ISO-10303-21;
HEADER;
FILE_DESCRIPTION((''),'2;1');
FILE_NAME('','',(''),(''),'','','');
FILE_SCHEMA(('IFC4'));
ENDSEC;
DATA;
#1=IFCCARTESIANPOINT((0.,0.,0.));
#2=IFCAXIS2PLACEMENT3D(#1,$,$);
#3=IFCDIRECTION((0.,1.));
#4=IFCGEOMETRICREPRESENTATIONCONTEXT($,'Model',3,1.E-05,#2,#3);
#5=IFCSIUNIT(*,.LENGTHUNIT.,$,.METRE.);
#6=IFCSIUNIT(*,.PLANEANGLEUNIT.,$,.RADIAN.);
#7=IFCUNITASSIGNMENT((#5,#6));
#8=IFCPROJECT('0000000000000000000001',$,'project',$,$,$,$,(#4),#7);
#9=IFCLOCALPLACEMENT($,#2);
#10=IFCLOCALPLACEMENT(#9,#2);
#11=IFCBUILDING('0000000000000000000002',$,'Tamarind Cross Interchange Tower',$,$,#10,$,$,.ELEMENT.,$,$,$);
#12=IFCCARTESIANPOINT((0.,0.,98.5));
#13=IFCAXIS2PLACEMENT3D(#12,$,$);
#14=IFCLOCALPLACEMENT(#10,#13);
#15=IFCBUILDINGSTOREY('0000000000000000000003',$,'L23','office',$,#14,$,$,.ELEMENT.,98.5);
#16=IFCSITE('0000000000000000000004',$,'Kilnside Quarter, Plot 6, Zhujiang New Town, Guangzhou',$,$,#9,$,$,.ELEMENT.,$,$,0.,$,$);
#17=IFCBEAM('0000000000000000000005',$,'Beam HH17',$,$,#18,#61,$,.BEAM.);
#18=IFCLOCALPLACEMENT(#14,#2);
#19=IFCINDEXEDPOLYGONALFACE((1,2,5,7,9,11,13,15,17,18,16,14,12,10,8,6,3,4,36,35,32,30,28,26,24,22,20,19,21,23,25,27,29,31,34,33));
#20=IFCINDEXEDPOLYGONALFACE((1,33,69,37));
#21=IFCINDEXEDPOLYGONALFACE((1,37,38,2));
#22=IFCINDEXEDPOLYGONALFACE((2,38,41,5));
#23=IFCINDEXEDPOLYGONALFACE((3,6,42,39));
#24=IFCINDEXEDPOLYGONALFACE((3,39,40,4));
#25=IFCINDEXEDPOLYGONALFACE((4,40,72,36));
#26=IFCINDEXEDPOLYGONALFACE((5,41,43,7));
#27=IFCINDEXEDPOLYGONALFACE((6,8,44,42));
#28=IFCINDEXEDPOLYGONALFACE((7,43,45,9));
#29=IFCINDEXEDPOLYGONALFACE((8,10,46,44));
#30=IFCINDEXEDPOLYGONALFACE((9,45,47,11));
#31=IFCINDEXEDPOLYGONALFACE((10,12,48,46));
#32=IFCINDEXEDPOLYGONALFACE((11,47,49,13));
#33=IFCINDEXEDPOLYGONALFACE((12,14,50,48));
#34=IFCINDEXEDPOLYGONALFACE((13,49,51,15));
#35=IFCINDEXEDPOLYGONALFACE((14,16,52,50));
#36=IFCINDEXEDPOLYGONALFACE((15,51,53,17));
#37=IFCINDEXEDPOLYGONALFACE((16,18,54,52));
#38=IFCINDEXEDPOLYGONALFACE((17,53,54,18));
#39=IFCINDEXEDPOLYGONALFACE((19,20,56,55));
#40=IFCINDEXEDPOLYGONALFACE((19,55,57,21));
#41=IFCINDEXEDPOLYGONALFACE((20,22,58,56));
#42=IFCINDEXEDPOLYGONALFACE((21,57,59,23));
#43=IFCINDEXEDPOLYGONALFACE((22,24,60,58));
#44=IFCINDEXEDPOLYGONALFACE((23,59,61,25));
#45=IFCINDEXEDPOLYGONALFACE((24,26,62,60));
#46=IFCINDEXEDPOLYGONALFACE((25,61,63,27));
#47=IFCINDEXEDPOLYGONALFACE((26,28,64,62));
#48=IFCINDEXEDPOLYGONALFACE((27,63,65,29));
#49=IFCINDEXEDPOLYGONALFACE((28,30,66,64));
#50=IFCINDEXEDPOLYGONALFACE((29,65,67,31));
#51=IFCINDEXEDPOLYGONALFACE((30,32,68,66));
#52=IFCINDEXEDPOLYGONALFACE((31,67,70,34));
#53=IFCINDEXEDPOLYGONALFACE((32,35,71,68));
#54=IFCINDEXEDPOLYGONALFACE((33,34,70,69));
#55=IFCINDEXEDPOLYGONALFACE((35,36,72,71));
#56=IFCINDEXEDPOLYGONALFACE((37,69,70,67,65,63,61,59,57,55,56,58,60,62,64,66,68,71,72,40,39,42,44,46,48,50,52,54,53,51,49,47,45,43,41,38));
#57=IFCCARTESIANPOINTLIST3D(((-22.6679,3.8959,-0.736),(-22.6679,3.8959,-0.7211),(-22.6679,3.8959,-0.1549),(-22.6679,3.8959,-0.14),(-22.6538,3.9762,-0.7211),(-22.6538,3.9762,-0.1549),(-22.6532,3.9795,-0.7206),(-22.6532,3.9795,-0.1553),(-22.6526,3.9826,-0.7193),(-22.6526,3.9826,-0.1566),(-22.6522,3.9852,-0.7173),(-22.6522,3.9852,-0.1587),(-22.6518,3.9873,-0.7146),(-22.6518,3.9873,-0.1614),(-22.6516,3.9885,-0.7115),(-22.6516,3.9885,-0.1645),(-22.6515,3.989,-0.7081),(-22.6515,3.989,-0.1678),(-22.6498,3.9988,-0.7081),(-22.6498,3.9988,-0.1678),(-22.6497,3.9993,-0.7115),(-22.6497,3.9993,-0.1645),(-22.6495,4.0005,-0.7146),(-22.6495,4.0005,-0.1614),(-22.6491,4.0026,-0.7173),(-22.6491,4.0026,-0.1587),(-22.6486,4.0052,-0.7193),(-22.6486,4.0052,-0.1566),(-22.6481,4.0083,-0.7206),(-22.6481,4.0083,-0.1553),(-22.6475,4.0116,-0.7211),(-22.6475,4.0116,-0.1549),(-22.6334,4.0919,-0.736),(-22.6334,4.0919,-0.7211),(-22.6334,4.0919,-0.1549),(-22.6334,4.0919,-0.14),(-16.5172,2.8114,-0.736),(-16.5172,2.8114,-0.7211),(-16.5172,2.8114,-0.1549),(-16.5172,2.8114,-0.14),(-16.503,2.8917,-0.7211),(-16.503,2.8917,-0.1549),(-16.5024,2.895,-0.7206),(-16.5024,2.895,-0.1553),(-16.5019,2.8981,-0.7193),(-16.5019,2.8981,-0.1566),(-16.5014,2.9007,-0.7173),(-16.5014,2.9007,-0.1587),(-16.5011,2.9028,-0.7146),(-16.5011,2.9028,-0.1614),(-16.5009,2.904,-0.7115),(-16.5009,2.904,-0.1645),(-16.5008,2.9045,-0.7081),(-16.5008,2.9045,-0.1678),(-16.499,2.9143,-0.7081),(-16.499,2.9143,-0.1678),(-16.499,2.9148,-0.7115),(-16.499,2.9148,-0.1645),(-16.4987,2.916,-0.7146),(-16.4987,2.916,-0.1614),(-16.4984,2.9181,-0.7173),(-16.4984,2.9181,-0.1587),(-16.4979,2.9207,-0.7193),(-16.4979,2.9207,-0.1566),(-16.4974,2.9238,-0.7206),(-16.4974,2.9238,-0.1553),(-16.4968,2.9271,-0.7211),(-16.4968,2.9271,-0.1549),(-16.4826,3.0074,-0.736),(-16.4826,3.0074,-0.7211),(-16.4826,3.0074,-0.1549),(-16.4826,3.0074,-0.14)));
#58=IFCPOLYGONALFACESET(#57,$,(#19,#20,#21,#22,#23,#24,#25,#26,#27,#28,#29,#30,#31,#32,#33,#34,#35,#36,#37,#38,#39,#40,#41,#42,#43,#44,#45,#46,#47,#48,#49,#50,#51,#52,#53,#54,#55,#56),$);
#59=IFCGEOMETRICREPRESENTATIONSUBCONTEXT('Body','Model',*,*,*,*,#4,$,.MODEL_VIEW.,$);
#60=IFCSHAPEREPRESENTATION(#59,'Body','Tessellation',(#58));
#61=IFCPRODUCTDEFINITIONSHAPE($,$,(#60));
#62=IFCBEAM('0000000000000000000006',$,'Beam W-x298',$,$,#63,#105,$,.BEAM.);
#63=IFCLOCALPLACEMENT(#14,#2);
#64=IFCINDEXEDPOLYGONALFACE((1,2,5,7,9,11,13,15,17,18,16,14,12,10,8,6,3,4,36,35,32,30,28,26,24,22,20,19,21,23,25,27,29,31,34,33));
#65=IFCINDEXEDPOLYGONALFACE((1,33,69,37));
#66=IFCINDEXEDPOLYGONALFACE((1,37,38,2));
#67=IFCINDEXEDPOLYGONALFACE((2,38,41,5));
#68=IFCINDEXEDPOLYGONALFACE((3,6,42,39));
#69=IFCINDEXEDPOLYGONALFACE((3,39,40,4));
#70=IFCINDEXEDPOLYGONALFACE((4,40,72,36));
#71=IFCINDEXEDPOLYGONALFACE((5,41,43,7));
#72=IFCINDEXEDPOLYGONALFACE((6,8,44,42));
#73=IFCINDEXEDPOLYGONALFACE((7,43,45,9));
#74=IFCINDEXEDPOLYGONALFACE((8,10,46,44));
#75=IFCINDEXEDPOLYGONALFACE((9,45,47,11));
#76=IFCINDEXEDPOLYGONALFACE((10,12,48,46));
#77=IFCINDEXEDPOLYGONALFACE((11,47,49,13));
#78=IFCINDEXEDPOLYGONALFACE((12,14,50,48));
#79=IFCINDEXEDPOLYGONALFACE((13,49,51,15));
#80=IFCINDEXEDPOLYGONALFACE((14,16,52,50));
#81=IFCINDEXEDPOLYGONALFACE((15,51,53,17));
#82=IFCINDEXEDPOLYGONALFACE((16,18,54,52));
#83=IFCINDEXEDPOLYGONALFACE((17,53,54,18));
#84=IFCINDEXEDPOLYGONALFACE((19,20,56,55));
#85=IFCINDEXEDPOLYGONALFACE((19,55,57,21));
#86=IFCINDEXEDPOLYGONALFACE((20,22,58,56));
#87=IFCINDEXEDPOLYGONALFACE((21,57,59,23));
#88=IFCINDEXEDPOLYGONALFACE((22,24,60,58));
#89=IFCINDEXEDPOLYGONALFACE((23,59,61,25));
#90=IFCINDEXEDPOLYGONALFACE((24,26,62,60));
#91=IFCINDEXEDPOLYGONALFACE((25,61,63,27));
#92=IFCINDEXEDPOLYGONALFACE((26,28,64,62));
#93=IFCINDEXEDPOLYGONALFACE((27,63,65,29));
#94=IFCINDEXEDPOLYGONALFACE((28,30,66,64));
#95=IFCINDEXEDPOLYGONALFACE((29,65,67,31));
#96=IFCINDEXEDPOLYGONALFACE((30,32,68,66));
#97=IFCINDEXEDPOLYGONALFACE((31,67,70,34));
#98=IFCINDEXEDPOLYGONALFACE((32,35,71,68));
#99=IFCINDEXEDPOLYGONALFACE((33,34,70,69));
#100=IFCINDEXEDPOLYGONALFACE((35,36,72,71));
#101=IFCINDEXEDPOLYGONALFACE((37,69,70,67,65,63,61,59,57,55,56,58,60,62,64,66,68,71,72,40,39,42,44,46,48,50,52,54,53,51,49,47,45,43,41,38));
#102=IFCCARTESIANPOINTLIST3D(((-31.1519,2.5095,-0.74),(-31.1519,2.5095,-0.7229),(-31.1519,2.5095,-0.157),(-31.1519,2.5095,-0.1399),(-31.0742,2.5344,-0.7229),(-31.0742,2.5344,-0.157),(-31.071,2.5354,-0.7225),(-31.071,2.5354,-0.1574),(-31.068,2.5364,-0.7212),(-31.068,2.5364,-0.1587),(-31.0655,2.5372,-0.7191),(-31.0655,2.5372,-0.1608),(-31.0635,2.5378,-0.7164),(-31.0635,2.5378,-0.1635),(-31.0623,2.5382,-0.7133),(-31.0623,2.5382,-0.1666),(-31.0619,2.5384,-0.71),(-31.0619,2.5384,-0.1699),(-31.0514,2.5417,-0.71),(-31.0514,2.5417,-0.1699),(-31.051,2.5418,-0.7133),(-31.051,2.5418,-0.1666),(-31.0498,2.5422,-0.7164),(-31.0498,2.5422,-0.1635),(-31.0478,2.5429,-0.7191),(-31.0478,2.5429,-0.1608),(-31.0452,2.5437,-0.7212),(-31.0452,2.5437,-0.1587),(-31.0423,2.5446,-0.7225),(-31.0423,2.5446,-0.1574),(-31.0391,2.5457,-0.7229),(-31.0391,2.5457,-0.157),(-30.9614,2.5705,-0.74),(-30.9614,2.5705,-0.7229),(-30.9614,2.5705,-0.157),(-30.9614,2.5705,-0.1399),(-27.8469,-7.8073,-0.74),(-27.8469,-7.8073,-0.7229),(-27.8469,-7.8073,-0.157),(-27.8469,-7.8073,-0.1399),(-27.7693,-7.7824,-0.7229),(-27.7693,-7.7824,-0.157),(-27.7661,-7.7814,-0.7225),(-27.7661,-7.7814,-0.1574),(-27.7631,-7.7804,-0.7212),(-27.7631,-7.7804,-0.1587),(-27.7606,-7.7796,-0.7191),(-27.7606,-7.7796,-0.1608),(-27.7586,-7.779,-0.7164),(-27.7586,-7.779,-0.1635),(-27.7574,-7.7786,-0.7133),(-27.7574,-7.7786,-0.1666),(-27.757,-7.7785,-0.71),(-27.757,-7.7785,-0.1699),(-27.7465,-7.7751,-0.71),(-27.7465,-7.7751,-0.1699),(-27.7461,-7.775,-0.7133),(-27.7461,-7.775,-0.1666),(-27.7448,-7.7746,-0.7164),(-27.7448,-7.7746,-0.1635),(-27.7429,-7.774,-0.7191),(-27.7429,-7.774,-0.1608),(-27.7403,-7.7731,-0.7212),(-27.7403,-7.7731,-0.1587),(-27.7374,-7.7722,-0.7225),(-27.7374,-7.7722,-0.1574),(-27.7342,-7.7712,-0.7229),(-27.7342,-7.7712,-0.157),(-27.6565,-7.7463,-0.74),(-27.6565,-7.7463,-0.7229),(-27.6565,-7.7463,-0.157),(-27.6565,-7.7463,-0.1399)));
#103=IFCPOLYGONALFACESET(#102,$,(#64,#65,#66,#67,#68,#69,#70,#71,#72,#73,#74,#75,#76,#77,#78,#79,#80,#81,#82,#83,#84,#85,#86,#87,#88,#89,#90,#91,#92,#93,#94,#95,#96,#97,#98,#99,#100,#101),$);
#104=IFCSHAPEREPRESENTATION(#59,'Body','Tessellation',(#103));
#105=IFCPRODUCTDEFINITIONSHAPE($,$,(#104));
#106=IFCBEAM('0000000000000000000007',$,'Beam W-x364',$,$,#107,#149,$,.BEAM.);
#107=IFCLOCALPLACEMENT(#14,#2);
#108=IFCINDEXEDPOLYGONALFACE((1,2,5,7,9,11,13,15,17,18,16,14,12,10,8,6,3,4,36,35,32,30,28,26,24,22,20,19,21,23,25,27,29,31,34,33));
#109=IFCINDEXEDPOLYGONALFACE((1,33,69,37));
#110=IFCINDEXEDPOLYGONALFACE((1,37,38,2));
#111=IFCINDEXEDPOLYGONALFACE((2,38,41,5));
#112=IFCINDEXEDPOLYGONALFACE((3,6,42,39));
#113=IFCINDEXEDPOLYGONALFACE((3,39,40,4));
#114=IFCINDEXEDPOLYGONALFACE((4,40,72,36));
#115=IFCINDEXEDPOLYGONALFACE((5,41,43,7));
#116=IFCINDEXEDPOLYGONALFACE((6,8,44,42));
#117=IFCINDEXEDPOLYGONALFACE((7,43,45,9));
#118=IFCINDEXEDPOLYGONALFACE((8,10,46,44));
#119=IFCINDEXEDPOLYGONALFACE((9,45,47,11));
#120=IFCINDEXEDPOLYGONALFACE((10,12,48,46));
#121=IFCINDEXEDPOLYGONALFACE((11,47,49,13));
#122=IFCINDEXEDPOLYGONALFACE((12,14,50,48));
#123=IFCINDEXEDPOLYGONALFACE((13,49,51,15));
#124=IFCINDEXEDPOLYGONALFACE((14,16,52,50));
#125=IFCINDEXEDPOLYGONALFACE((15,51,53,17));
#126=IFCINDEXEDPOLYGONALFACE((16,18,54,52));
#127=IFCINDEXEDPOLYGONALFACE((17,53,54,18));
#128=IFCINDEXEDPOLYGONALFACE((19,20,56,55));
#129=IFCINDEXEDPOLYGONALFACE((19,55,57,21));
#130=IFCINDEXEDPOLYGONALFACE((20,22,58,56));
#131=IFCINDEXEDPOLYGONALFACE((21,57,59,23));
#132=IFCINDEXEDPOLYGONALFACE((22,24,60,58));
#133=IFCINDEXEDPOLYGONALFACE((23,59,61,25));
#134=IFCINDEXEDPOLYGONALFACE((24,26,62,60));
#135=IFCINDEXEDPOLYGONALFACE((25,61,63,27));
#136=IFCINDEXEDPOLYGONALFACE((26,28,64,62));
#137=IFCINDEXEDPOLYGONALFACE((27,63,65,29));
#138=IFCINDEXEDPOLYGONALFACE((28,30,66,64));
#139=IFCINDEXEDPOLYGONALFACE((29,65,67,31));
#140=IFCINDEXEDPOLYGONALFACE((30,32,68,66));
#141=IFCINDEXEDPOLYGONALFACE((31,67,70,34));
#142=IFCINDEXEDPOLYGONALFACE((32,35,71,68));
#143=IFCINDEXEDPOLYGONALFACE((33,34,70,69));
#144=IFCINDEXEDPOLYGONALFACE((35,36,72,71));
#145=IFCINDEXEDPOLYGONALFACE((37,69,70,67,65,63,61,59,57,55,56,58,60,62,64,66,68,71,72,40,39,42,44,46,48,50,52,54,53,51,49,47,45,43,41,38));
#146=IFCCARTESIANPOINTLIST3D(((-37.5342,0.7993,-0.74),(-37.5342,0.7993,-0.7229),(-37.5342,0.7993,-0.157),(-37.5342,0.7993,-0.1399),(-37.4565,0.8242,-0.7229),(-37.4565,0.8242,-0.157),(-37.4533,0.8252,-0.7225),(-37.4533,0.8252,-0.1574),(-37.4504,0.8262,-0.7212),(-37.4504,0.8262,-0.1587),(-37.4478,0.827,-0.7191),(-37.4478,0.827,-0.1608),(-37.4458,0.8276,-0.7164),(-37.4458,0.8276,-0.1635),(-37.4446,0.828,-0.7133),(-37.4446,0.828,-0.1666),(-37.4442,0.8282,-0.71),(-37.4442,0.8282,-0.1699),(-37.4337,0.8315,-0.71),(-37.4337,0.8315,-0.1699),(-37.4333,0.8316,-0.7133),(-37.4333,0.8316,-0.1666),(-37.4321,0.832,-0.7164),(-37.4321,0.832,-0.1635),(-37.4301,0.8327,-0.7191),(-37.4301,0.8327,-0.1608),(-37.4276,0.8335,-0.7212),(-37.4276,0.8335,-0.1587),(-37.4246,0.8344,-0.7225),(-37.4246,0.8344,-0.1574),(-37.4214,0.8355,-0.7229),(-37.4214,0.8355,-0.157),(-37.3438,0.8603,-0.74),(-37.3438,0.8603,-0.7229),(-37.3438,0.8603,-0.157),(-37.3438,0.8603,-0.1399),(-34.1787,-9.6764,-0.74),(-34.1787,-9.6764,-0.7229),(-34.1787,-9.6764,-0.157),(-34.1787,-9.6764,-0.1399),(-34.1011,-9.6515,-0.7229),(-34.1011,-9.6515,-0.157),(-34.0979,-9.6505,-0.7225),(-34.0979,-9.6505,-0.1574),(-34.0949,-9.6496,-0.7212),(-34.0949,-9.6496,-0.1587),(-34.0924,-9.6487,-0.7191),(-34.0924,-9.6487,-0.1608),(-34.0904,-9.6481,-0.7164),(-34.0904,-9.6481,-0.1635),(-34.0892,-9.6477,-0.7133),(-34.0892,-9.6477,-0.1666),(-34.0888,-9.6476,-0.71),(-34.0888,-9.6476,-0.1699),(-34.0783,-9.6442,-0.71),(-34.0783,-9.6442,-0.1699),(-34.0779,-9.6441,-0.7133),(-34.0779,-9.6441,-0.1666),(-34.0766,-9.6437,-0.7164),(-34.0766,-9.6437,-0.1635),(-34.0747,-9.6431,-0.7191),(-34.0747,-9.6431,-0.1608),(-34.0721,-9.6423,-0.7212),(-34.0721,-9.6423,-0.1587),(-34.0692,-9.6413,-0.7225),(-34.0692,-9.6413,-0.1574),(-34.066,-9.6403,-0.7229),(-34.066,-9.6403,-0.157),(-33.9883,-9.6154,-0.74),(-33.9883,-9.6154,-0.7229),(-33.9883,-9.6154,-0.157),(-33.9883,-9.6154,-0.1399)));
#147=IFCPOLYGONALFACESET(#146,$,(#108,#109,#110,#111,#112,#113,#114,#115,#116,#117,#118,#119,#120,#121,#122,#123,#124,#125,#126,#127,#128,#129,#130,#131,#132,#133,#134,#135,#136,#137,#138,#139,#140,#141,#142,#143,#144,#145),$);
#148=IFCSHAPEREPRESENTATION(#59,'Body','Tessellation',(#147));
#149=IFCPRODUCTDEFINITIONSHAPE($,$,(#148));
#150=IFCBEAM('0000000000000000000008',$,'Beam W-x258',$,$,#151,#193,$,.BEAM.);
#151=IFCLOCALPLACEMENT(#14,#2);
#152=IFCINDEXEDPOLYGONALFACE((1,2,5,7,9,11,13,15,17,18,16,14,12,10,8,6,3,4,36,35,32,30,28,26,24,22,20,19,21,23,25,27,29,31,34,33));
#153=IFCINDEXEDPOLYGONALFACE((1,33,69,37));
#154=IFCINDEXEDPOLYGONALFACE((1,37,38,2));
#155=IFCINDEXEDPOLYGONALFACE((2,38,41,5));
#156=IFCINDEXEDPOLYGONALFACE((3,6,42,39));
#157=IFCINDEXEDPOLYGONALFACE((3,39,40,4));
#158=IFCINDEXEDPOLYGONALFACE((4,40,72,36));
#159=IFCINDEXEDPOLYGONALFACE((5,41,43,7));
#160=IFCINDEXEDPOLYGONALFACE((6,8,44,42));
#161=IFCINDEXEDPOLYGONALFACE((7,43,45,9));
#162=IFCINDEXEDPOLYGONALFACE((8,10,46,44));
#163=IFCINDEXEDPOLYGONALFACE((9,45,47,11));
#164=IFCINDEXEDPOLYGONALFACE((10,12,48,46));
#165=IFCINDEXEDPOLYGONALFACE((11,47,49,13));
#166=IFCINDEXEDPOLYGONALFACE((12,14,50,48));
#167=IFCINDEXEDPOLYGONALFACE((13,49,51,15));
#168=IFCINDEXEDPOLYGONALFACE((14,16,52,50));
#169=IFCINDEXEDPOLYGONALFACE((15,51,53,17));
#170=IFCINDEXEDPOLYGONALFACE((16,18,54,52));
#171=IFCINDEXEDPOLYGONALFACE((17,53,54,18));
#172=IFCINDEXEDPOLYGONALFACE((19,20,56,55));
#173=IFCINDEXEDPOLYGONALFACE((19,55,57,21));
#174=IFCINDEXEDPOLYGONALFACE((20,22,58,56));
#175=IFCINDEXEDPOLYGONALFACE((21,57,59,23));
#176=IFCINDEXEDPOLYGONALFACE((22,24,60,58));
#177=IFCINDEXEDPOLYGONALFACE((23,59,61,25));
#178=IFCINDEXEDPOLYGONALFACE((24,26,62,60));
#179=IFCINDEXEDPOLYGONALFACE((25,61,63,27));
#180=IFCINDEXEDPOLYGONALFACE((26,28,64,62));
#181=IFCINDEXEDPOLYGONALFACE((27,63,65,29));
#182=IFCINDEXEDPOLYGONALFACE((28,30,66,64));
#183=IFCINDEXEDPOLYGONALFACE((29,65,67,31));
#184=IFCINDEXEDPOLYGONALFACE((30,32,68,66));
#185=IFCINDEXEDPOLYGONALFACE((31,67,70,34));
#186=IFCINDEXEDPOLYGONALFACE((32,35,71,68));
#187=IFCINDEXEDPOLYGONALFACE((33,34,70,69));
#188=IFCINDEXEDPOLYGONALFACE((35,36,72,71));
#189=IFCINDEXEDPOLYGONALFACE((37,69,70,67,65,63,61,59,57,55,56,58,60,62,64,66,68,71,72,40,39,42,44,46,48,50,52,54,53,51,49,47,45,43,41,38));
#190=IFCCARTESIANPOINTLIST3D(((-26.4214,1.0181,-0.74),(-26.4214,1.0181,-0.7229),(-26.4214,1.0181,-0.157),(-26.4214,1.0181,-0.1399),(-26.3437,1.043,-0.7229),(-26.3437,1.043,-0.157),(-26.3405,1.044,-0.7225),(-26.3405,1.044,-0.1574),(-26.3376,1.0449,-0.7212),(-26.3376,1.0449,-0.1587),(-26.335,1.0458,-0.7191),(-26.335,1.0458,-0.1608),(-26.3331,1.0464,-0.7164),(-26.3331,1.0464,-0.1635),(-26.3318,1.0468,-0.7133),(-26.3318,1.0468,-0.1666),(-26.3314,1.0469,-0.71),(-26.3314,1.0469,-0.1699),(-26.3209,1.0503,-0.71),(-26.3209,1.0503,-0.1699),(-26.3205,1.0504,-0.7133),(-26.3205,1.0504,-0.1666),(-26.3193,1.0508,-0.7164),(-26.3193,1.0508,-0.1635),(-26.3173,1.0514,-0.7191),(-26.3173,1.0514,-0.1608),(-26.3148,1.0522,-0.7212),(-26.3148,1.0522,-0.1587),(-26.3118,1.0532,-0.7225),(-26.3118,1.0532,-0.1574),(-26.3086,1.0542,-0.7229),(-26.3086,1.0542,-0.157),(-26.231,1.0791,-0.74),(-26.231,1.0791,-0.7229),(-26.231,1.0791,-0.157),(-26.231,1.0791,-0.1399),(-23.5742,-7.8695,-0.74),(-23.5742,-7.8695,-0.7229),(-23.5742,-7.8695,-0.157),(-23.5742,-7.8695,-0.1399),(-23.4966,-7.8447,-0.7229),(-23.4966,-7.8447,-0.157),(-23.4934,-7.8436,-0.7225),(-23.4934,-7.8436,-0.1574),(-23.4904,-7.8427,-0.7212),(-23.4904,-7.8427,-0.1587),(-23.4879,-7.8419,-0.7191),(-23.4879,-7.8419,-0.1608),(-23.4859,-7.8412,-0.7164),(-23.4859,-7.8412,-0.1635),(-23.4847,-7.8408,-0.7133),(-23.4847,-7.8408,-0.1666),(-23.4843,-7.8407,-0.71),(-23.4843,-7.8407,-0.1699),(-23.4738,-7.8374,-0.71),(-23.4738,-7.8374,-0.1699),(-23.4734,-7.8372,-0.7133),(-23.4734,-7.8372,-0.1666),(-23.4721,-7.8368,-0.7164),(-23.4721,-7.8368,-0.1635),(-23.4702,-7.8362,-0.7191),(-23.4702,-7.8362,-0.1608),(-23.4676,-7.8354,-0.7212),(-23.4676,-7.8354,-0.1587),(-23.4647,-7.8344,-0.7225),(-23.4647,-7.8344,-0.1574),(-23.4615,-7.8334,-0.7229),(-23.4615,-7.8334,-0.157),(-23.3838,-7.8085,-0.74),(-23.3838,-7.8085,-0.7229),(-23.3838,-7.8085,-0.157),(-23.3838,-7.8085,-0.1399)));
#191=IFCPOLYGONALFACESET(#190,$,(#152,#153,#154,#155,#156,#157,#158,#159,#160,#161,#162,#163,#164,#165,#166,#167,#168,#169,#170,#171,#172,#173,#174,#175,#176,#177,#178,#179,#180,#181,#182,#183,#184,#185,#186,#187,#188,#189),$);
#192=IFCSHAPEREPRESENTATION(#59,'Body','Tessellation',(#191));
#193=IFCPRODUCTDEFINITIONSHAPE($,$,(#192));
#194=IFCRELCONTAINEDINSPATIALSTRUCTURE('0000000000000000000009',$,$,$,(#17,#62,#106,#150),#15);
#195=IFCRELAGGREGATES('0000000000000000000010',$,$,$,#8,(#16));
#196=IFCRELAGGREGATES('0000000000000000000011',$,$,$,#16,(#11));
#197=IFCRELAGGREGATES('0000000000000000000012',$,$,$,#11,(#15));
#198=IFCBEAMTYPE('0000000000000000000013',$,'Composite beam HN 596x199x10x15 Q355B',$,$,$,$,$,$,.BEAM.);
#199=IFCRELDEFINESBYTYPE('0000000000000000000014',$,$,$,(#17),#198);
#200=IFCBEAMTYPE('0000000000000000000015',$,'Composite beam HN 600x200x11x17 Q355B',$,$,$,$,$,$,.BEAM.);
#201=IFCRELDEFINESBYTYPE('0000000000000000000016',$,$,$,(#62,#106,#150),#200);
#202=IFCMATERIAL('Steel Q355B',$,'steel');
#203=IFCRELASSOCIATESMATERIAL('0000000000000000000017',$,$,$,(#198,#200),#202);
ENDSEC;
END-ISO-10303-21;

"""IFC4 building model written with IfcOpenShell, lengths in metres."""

from ifc_helpers import new_model, si_unit, direction, frame, origin, origin_2d, place, context, subcontext, project, spatial, i_section, extrude, material, material_profile, profile_set, type_object, element, save


model = new_model("IFC4")

# Units and contexts
model_context = context("Model", 3, precision=1e-05, world=origin(), true_north=direction((0.0, 1.0)))
body_context = subcontext(model_context, "Body", "Model", "MODEL_VIEW")
ifc_project = project(units=[si_unit("LENGTHUNIT", "METRE"), si_unit("PLANEANGLEUNIT", "RADIAN")], contexts=[model_context])

# Site, building, storey
site_placement = place(None, origin())
site = spatial("IfcSite", under=ifc_project, at=site_placement, Name="Kilnside Quarter, Plot 6, Zhujiang New Town, Guangzhou", CompositionType="ELEMENT", RefElevation=0.0)
building_placement = place(site_placement, origin())
building = spatial("IfcBuilding", under=site, at=building_placement, Name="Tamarind Cross Interchange Tower", CompositionType="ELEMENT")
storey_placement = place(building_placement, frame((0.0, 0.0, 98.5)))
storey = spatial("IfcBuildingStorey", under=building, at=storey_placement, Name="L23", Description="office", CompositionType="ELEMENT", Elevation=98.5)

# Beams
ifc_material_1 = material(Name="Steel Q355B", Category="steel")
ifc_material_profile_1 = material_profile(ifc_material_1, i_section(OverallWidth=0.199, OverallDepth=0.5959, WebThickness=0.01, FlangeThickness=0.0149, FilletRadius=0.0129, at=origin_2d()), Name="HN 596x199x10x15")
ifc_profile_set_1 = profile_set([ifc_material_profile_1], Name="Steel Q355B")
beam_type_1 = type_object("IfcBeamType", Name="Composite beam HN 596x199x10x15 Q355B", PredefinedType="BEAM", material=ifc_profile_set_1)
beam_1_placement = place(storey_placement, frame((-22.6506, 3.9939, -0.438), z_axis=(0.984809, -0.17364, 0.0), x_axis=(0.17364, 0.984809, 0.0)))
element("IfcBeam", 1, at=beam_1_placement, inside=storey, type_object=beam_type_1, Name="Beam HH17", PredefinedType="BEAM", context=body_context, shape_type="SweptSolid", body=[
    extrude(i_section(OverallWidth=0.199, OverallDepth=0.5959, WebThickness=0.01, FlangeThickness=0.0149, FilletRadius=0.0129, at=origin_2d()), origin(), (0.0, 0.0, 1.0), 6.2456),
])
ifc_material_profile_2 = material_profile(ifc_material_1, i_section(OverallWidth=0.2, OverallDepth=0.6001, WebThickness=0.011, FlangeThickness=0.0171, FilletRadius=0.0129, at=origin_2d()), Name="HN 600x200x11x17")
ifc_profile_set_2 = profile_set([ifc_material_profile_2], Name="Steel Q355B")
beam_type_2 = type_object("IfcBeamType", Name="Composite beam HN 600x200x11x17 Q355B", PredefinedType="BEAM", material=ifc_profile_set_2)
beam_2_placement = place(storey_placement, frame((-31.0566, 2.54, -0.4399), z_axis=(0.305071, -0.95233, 0.0), x_axis=(0.95233, 0.305071, 0.0)))
element("IfcBeam", 2, at=beam_2_placement, inside=storey, type_object=beam_type_2, Name="Beam W-x298", PredefinedType="BEAM", context=body_context, shape_type="SweptSolid", body=[
    extrude(i_section(OverallWidth=0.2, OverallDepth=0.6001, WebThickness=0.011, FlangeThickness=0.0171, FilletRadius=0.0129, at=origin_2d()), origin(), (0.0, 0.0, 1.0), 10.8333),
])
beam_3_placement = place(storey_placement, frame((-37.439, 0.8298, -0.4399), z_axis=(0.30504, -0.95234, 0.0), x_axis=(0.95234, 0.30504, 0.0)))
element("IfcBeam", 3, at=beam_3_placement, inside=storey, type_object=beam_type_2, Name="Beam W-x364", PredefinedType="BEAM", context=body_context, shape_type="SweptSolid", body=[
    extrude(i_section(OverallWidth=0.2, OverallDepth=0.6001, WebThickness=0.011, FlangeThickness=0.0171, FilletRadius=0.0129, at=origin_2d()), origin(), (0.0, 0.0, 1.0), 11.0),
])
beam_4_placement = place(storey_placement, frame((-26.3262, 1.0486, -0.4399), z_axis=(0.305078, -0.952328, 0.0), x_axis=(0.952328, 0.305078, 0.0)))
element("IfcBeam", 4, at=beam_4_placement, inside=storey, type_object=beam_type_2, Name="Beam W-x258", PredefinedType="BEAM", context=body_context, shape_type="SweptSolid", body=[
    extrude(i_section(OverallWidth=0.2, OverallDepth=0.6001, WebThickness=0.011, FlangeThickness=0.0171, FilletRadius=0.0129, at=origin_2d()), origin(), (0.0, 0.0, 1.0), 9.3325),
])

save(model, "model.ifc")
